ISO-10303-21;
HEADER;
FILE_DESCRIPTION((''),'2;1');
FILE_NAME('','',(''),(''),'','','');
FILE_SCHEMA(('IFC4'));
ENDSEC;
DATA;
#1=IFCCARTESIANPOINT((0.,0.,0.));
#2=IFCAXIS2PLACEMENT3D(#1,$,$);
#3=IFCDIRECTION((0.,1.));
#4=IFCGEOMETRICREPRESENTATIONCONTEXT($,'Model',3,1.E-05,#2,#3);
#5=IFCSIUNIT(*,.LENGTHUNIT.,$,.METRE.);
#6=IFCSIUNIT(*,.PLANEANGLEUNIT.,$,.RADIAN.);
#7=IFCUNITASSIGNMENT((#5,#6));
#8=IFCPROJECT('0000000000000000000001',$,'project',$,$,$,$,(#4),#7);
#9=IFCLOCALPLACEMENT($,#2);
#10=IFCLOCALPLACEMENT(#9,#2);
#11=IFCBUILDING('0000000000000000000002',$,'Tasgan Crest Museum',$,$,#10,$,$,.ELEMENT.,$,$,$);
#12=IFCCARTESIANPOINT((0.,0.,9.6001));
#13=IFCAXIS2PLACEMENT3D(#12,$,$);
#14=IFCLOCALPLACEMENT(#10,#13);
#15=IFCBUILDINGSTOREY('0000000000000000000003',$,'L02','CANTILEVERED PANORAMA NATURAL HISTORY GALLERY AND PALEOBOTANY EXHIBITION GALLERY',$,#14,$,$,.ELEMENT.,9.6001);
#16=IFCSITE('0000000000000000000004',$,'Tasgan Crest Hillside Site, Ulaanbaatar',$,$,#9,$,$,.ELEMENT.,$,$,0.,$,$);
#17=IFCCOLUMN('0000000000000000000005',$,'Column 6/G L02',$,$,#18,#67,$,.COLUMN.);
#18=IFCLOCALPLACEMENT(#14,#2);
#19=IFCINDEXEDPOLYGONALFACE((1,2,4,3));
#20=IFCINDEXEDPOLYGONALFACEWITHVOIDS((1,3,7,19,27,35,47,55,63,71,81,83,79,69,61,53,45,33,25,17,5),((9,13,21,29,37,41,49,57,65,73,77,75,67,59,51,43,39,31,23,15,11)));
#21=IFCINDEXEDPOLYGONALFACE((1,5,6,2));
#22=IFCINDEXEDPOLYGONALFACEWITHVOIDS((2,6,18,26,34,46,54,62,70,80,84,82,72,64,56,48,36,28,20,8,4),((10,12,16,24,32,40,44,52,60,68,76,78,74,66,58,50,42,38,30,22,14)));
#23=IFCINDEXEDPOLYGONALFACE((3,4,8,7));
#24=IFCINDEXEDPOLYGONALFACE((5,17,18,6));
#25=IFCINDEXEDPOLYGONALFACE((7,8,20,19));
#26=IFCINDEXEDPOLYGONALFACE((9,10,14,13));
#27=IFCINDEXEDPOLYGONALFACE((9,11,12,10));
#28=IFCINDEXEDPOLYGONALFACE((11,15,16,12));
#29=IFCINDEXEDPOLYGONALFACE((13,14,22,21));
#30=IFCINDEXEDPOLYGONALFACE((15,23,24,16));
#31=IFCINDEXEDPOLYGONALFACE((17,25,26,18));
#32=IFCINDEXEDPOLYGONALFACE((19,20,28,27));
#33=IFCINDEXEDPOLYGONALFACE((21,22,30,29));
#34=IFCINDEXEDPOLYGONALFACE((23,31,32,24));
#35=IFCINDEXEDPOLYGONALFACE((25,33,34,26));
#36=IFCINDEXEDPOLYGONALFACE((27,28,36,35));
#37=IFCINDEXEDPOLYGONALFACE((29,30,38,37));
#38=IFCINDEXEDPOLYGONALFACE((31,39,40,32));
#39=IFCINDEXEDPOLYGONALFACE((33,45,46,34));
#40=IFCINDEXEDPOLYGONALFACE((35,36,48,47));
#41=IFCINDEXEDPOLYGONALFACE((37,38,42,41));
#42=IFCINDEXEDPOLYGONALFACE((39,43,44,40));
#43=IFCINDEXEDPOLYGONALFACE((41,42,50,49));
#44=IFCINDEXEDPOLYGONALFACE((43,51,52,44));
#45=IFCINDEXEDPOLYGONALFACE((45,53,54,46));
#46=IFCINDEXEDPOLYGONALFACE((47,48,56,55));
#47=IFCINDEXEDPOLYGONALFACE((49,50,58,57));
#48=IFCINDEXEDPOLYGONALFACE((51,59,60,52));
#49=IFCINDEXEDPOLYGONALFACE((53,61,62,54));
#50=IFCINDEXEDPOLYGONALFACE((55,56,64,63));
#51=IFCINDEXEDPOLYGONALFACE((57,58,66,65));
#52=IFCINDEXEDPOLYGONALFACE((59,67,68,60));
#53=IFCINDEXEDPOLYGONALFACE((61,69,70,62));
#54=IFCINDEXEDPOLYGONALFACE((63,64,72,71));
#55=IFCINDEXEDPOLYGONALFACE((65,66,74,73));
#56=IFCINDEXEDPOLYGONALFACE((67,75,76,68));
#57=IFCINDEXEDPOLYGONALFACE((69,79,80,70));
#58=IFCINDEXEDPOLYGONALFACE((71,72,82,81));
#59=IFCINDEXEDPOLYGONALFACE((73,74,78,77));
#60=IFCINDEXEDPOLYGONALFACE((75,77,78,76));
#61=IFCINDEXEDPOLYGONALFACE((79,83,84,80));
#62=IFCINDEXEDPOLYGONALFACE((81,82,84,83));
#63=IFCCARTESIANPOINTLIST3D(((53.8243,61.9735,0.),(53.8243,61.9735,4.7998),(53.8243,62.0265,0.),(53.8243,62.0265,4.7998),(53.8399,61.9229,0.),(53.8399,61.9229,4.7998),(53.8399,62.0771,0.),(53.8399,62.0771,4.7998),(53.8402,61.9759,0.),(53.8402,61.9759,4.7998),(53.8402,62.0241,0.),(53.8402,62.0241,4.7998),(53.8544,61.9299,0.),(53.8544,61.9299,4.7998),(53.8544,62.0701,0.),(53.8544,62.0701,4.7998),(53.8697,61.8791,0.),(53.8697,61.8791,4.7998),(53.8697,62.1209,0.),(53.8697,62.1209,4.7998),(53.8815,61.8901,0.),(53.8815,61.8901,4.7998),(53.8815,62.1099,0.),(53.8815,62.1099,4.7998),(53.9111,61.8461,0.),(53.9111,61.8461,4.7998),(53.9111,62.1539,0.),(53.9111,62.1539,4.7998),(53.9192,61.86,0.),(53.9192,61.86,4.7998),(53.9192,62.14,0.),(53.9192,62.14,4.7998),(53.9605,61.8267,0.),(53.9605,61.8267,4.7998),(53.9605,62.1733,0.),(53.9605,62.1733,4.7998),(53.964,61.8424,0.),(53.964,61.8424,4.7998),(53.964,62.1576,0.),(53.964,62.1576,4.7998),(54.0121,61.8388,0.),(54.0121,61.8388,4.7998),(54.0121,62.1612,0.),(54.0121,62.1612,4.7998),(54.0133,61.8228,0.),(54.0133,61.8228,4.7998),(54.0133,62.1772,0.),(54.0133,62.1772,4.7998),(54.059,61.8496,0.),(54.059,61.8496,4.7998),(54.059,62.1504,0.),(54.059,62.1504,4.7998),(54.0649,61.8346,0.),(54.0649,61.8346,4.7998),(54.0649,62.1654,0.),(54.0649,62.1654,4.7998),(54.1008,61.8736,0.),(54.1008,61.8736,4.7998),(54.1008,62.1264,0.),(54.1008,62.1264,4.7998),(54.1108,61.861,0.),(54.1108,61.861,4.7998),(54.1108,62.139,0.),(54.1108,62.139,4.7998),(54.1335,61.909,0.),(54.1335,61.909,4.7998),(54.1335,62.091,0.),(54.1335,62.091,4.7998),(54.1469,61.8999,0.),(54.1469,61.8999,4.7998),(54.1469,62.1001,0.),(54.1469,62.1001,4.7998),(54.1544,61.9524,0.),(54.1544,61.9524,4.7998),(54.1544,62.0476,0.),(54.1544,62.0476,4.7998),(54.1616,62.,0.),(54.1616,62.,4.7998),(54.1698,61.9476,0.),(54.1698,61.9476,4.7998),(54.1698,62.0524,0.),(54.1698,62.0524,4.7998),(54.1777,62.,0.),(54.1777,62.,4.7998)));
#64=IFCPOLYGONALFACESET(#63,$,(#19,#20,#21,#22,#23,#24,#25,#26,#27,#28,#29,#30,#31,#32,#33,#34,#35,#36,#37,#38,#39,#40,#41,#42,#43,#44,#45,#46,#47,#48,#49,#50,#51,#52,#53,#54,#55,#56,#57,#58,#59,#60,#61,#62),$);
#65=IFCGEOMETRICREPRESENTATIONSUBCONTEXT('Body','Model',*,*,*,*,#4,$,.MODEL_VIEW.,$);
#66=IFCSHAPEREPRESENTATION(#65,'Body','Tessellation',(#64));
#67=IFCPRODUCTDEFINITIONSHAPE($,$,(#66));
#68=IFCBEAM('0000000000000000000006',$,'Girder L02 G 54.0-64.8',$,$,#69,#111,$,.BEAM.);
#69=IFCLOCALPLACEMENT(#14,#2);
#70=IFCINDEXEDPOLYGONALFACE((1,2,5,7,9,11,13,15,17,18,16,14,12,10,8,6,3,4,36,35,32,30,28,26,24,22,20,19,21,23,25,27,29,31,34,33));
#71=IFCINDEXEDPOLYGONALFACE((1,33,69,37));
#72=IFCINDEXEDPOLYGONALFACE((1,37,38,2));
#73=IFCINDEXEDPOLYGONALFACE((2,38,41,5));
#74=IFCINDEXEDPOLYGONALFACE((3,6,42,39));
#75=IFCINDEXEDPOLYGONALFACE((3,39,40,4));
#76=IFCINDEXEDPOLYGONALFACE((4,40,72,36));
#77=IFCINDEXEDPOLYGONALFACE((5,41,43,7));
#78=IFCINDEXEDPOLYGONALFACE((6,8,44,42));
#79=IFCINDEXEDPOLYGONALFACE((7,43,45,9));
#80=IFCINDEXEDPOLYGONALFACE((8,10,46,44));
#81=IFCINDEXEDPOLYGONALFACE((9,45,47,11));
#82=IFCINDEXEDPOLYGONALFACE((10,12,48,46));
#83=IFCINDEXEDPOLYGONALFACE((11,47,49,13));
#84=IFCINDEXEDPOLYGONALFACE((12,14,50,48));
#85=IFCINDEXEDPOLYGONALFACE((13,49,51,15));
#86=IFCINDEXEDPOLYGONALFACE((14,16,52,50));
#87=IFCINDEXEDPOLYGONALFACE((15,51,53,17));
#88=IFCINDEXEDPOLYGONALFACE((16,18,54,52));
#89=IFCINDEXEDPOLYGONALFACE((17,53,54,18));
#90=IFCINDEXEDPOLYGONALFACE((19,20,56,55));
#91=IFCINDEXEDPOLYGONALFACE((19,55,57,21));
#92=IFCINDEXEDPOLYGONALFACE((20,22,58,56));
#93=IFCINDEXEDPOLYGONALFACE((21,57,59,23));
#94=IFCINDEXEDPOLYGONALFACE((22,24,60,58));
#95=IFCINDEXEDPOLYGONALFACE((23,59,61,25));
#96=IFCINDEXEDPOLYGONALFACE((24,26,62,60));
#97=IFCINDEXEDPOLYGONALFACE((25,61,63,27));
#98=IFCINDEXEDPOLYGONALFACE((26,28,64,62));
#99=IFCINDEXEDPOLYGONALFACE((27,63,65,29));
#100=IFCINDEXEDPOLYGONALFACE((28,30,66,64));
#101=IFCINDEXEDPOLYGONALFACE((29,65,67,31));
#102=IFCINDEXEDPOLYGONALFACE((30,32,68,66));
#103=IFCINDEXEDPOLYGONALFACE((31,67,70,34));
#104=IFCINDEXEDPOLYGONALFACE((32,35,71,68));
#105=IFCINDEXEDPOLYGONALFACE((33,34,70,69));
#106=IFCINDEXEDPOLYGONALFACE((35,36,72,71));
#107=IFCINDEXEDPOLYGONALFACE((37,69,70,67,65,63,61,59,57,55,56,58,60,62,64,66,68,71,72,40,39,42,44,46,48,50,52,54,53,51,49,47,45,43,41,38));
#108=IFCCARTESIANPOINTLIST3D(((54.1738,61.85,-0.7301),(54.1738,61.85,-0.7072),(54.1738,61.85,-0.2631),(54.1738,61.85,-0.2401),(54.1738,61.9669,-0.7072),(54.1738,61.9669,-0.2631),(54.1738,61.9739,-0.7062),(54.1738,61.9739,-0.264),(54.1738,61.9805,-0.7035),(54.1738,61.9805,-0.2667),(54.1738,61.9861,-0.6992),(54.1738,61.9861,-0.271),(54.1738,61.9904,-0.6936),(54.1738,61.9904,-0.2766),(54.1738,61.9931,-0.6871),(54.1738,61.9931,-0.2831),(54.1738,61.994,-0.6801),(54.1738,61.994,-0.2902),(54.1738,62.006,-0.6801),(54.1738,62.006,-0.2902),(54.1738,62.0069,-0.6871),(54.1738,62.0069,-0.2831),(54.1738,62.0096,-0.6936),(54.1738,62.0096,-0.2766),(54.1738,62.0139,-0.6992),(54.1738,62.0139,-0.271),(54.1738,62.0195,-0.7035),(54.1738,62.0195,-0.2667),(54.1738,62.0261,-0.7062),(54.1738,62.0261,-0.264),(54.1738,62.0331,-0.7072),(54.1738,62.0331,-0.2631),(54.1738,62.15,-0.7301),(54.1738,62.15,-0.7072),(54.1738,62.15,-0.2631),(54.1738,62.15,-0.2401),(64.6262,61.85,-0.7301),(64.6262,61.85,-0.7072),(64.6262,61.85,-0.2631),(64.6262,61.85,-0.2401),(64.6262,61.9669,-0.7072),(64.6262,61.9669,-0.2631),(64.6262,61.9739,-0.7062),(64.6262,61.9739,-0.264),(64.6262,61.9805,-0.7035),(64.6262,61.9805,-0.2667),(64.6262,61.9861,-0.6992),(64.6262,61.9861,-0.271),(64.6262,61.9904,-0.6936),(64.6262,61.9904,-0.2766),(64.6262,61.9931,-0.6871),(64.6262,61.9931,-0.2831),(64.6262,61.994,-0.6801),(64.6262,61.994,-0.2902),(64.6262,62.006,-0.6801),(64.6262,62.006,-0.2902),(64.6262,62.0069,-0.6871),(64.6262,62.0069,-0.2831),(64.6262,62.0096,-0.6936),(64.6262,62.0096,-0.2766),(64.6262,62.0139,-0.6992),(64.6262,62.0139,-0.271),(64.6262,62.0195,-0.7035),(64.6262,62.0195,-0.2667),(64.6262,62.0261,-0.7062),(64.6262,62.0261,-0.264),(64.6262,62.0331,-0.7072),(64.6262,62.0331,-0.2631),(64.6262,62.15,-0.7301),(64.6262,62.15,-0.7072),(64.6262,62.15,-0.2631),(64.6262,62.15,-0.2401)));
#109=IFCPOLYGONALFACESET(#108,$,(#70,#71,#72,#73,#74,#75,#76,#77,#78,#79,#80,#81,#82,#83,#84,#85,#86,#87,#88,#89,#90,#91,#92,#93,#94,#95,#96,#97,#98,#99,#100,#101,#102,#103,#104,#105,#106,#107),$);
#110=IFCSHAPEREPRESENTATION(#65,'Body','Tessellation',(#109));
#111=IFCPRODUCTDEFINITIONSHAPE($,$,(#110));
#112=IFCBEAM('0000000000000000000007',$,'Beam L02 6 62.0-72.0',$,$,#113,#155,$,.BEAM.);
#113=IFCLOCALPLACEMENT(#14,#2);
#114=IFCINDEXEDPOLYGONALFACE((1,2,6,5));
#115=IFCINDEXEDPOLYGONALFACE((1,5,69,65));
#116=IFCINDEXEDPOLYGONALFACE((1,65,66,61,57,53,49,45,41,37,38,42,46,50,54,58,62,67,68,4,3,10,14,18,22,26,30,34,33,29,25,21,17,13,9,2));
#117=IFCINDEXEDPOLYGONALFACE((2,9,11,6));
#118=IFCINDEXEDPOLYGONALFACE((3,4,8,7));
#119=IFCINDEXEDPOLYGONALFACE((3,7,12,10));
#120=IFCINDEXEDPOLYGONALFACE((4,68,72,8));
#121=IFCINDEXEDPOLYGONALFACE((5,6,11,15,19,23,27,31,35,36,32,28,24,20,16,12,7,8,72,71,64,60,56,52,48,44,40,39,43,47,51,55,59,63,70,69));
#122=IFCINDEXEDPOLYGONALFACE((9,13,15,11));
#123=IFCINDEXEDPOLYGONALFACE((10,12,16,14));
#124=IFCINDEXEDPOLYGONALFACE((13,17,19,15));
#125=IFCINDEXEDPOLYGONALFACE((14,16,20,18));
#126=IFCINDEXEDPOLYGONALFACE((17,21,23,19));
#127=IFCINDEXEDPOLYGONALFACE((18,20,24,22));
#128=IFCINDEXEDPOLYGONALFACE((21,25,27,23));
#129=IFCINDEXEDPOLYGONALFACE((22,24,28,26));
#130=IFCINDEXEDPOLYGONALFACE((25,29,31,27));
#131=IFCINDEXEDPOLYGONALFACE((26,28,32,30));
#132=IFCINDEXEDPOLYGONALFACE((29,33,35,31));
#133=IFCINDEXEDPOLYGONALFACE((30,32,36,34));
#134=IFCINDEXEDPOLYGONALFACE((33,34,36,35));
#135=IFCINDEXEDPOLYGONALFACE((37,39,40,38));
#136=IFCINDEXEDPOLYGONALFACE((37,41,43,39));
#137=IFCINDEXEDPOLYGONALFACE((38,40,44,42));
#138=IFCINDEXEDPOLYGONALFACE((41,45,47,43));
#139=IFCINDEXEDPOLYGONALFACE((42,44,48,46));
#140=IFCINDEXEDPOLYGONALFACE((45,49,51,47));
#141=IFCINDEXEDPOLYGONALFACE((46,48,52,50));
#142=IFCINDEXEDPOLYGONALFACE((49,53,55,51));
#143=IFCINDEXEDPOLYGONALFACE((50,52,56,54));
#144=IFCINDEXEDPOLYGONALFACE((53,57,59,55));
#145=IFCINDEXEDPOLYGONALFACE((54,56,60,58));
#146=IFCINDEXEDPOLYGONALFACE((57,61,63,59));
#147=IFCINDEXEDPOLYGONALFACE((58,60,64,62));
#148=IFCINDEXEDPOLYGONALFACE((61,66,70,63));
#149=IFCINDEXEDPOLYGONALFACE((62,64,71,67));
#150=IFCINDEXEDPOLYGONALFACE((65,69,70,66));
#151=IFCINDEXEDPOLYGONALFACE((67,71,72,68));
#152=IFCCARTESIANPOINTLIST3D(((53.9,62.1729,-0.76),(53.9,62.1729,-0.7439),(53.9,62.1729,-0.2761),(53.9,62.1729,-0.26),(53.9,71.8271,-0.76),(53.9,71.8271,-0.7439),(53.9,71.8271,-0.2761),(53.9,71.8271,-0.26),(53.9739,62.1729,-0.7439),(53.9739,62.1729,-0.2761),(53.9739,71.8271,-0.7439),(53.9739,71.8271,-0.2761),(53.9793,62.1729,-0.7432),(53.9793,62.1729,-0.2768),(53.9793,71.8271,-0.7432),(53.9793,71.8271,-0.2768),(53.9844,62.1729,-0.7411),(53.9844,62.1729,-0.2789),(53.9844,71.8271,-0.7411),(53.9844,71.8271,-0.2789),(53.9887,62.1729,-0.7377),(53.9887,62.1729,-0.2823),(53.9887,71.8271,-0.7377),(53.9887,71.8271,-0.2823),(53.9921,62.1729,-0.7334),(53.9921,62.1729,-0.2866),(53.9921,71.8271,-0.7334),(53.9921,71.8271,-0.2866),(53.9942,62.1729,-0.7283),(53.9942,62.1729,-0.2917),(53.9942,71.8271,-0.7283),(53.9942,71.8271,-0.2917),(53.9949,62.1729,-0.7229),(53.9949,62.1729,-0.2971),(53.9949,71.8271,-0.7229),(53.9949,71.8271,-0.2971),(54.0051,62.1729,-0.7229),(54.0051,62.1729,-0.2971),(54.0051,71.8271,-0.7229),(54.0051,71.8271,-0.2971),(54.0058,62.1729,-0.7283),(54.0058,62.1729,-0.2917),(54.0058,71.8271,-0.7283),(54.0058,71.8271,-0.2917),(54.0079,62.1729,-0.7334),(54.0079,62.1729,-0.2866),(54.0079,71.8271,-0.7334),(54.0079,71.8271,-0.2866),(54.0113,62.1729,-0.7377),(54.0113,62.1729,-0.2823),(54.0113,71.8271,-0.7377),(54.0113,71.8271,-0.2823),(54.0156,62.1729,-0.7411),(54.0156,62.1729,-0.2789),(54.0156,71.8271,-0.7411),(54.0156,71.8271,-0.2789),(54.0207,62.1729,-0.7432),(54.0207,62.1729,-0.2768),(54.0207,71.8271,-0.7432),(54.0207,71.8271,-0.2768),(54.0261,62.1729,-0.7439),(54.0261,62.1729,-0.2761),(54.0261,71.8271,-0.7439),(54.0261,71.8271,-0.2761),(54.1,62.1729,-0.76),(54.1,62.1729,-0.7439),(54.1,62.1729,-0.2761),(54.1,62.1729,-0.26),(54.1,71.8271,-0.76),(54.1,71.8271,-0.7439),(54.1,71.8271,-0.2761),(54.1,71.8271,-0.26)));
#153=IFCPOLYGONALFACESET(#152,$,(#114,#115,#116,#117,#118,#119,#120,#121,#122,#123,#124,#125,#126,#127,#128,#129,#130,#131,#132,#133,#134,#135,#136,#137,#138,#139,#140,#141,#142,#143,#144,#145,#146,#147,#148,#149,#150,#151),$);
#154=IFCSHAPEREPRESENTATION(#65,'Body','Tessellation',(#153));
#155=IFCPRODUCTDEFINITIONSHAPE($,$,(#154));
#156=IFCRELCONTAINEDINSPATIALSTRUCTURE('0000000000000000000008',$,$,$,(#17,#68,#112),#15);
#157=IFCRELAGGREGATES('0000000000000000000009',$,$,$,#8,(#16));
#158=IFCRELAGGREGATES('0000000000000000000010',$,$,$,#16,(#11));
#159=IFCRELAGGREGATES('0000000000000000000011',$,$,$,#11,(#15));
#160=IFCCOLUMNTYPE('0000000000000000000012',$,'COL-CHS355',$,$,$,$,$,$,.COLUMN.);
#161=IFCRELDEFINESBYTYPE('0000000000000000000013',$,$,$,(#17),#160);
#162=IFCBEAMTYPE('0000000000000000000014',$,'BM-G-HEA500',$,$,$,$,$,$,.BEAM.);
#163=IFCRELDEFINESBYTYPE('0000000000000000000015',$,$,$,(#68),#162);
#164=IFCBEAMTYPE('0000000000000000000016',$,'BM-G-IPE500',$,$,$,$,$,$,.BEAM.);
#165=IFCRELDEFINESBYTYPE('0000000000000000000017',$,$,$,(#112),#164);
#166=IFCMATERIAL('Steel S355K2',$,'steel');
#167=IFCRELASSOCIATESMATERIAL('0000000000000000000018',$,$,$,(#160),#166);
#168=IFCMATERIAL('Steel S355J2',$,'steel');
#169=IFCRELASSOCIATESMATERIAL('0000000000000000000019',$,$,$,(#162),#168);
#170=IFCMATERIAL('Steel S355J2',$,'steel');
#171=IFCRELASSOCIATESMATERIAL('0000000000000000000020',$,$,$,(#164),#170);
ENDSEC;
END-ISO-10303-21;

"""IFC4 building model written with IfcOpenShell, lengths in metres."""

from ifc_helpers import new_model, si_unit, direction, frame, origin, origin_2d, place, context, subcontext, project, spatial, hollow_circle, i_section, extrude, material, material_profile, profile_set, type_object, element, save


model = new_model("IFC4")

# Units and contexts
model_context = context("Model", 3, precision=1e-05, world=origin(), true_north=direction((0.0, 1.0)))
body_context = subcontext(model_context, "Body", "Model", "MODEL_VIEW")
ifc_project = project(units=[si_unit("LENGTHUNIT", "METRE"), si_unit("PLANEANGLEUNIT", "RADIAN")], contexts=[model_context])

# Site, building, storey
site_placement = place(None, origin())
site = spatial("IfcSite", under=ifc_project, at=site_placement, Name="Tasgan Crest Hillside Site, Ulaanbaatar", CompositionType="ELEMENT", RefElevation=0.0)
building_placement = place(site_placement, origin())
building = spatial("IfcBuilding", under=site, at=building_placement, Name="Tasgan Crest Museum", CompositionType="ELEMENT")
storey_placement = place(building_placement, frame((0.0, 0.0, 9.6001)))
storey = spatial("IfcBuildingStorey", under=building, at=storey_placement, Name="L02", Description="CANTILEVERED PANORAMA NATURAL HISTORY GALLERY AND PALEOBOTANY EXHIBITION GALLERY", CompositionType="ELEMENT", Elevation=9.6001)

# Column
ifc_material_1 = material(Name="Steel S355K2", Category="steel")
ifc_material_profile_1 = material_profile(ifc_material_1, hollow_circle(Radius=0.1777, WallThickness=0.0161, at=origin_2d()), Name="CHS 355.6x16")
ifc_profile_set_1 = profile_set([ifc_material_profile_1], Name="Steel S355K2")
column_type = type_object("IfcColumnType", Name="COL-CHS355", PredefinedType="COLUMN", material=ifc_profile_set_1)
column_placement = place(storey_placement, frame((54.0, 62.0, 0.0), z_axis=(0.0, 0.0, 1.0), x_axis=(1.0, 0.0, 0.0)))
element("IfcColumn", 1, at=column_placement, inside=storey, type_object=column_type, Name="Column 6/G L02", PredefinedType="COLUMN", context=body_context, shape_type="SweptSolid", body=[
    extrude(hollow_circle(Radius=0.1777, WallThickness=0.0161, at=origin_2d()), origin(), (0.0, 0.0, 1.0), 4.7998),
])

# Beams
ifc_material_2 = material(Name="Steel S355J2", Category="steel")
ifc_material_profile_2 = material_profile(ifc_material_2, i_section(OverallWidth=0.3, OverallDepth=0.49, WebThickness=0.012, FlangeThickness=0.0229, FilletRadius=0.0271, at=origin_2d()), Name="HEA 500")
ifc_profile_set_2 = profile_set([ifc_material_profile_2], Name="Steel S355J2")
beam_type_1 = type_object("IfcBeamType", Name="BM-G-HEA500", PredefinedType="BEAM", material=ifc_profile_set_2)
beam_1_placement = place(storey_placement, frame((54.1738, 62.0, -0.4851), z_axis=(1.0, 0.0, 0.0), x_axis=(0.0, 1.0, 0.0)))
element("IfcBeam", 2, at=beam_1_placement, inside=storey, type_object=beam_type_1, Name="Girder L02 G 54.0-64.8", PredefinedType="BEAM", context=body_context, shape_type="SweptSolid", body=[
    extrude(i_section(OverallWidth=0.3, OverallDepth=0.49, WebThickness=0.012, FlangeThickness=0.0229, FilletRadius=0.0271, at=origin_2d()), origin(), (0.0, 0.0, 1.0), 10.4524),
])
ifc_material_3 = material(Name="Steel S355J2", Category="steel")
ifc_material_profile_3 = material_profile(ifc_material_3, i_section(OverallWidth=0.2, OverallDepth=0.5, WebThickness=0.0103, FlangeThickness=0.0161, FilletRadius=0.021, at=origin_2d()), Name="IPE 500")
ifc_profile_set_3 = profile_set([ifc_material_profile_3], Name="Steel S355J2")
beam_type_2 = type_object("IfcBeamType", Name="BM-G-IPE500", PredefinedType="BEAM", material=ifc_profile_set_3)
beam_2_placement = place(storey_placement, frame((54.0, 62.1729, -0.51), z_axis=(0.0, 1.0, 0.0), x_axis=(-1.0, 0.0, 0.0)))
element("IfcBeam", 3, at=beam_2_placement, inside=storey, type_object=beam_type_2, Name="Beam L02 6 62.0-72.0", PredefinedType="BEAM", context=body_context, shape_type="SweptSolid", body=[
    extrude(i_section(OverallWidth=0.2, OverallDepth=0.5, WebThickness=0.0103, FlangeThickness=0.0161, FilletRadius=0.021, at=origin_2d()), origin(), (0.0, 0.0, 1.0), 9.6543),
])

save(model, "model.ifc")
